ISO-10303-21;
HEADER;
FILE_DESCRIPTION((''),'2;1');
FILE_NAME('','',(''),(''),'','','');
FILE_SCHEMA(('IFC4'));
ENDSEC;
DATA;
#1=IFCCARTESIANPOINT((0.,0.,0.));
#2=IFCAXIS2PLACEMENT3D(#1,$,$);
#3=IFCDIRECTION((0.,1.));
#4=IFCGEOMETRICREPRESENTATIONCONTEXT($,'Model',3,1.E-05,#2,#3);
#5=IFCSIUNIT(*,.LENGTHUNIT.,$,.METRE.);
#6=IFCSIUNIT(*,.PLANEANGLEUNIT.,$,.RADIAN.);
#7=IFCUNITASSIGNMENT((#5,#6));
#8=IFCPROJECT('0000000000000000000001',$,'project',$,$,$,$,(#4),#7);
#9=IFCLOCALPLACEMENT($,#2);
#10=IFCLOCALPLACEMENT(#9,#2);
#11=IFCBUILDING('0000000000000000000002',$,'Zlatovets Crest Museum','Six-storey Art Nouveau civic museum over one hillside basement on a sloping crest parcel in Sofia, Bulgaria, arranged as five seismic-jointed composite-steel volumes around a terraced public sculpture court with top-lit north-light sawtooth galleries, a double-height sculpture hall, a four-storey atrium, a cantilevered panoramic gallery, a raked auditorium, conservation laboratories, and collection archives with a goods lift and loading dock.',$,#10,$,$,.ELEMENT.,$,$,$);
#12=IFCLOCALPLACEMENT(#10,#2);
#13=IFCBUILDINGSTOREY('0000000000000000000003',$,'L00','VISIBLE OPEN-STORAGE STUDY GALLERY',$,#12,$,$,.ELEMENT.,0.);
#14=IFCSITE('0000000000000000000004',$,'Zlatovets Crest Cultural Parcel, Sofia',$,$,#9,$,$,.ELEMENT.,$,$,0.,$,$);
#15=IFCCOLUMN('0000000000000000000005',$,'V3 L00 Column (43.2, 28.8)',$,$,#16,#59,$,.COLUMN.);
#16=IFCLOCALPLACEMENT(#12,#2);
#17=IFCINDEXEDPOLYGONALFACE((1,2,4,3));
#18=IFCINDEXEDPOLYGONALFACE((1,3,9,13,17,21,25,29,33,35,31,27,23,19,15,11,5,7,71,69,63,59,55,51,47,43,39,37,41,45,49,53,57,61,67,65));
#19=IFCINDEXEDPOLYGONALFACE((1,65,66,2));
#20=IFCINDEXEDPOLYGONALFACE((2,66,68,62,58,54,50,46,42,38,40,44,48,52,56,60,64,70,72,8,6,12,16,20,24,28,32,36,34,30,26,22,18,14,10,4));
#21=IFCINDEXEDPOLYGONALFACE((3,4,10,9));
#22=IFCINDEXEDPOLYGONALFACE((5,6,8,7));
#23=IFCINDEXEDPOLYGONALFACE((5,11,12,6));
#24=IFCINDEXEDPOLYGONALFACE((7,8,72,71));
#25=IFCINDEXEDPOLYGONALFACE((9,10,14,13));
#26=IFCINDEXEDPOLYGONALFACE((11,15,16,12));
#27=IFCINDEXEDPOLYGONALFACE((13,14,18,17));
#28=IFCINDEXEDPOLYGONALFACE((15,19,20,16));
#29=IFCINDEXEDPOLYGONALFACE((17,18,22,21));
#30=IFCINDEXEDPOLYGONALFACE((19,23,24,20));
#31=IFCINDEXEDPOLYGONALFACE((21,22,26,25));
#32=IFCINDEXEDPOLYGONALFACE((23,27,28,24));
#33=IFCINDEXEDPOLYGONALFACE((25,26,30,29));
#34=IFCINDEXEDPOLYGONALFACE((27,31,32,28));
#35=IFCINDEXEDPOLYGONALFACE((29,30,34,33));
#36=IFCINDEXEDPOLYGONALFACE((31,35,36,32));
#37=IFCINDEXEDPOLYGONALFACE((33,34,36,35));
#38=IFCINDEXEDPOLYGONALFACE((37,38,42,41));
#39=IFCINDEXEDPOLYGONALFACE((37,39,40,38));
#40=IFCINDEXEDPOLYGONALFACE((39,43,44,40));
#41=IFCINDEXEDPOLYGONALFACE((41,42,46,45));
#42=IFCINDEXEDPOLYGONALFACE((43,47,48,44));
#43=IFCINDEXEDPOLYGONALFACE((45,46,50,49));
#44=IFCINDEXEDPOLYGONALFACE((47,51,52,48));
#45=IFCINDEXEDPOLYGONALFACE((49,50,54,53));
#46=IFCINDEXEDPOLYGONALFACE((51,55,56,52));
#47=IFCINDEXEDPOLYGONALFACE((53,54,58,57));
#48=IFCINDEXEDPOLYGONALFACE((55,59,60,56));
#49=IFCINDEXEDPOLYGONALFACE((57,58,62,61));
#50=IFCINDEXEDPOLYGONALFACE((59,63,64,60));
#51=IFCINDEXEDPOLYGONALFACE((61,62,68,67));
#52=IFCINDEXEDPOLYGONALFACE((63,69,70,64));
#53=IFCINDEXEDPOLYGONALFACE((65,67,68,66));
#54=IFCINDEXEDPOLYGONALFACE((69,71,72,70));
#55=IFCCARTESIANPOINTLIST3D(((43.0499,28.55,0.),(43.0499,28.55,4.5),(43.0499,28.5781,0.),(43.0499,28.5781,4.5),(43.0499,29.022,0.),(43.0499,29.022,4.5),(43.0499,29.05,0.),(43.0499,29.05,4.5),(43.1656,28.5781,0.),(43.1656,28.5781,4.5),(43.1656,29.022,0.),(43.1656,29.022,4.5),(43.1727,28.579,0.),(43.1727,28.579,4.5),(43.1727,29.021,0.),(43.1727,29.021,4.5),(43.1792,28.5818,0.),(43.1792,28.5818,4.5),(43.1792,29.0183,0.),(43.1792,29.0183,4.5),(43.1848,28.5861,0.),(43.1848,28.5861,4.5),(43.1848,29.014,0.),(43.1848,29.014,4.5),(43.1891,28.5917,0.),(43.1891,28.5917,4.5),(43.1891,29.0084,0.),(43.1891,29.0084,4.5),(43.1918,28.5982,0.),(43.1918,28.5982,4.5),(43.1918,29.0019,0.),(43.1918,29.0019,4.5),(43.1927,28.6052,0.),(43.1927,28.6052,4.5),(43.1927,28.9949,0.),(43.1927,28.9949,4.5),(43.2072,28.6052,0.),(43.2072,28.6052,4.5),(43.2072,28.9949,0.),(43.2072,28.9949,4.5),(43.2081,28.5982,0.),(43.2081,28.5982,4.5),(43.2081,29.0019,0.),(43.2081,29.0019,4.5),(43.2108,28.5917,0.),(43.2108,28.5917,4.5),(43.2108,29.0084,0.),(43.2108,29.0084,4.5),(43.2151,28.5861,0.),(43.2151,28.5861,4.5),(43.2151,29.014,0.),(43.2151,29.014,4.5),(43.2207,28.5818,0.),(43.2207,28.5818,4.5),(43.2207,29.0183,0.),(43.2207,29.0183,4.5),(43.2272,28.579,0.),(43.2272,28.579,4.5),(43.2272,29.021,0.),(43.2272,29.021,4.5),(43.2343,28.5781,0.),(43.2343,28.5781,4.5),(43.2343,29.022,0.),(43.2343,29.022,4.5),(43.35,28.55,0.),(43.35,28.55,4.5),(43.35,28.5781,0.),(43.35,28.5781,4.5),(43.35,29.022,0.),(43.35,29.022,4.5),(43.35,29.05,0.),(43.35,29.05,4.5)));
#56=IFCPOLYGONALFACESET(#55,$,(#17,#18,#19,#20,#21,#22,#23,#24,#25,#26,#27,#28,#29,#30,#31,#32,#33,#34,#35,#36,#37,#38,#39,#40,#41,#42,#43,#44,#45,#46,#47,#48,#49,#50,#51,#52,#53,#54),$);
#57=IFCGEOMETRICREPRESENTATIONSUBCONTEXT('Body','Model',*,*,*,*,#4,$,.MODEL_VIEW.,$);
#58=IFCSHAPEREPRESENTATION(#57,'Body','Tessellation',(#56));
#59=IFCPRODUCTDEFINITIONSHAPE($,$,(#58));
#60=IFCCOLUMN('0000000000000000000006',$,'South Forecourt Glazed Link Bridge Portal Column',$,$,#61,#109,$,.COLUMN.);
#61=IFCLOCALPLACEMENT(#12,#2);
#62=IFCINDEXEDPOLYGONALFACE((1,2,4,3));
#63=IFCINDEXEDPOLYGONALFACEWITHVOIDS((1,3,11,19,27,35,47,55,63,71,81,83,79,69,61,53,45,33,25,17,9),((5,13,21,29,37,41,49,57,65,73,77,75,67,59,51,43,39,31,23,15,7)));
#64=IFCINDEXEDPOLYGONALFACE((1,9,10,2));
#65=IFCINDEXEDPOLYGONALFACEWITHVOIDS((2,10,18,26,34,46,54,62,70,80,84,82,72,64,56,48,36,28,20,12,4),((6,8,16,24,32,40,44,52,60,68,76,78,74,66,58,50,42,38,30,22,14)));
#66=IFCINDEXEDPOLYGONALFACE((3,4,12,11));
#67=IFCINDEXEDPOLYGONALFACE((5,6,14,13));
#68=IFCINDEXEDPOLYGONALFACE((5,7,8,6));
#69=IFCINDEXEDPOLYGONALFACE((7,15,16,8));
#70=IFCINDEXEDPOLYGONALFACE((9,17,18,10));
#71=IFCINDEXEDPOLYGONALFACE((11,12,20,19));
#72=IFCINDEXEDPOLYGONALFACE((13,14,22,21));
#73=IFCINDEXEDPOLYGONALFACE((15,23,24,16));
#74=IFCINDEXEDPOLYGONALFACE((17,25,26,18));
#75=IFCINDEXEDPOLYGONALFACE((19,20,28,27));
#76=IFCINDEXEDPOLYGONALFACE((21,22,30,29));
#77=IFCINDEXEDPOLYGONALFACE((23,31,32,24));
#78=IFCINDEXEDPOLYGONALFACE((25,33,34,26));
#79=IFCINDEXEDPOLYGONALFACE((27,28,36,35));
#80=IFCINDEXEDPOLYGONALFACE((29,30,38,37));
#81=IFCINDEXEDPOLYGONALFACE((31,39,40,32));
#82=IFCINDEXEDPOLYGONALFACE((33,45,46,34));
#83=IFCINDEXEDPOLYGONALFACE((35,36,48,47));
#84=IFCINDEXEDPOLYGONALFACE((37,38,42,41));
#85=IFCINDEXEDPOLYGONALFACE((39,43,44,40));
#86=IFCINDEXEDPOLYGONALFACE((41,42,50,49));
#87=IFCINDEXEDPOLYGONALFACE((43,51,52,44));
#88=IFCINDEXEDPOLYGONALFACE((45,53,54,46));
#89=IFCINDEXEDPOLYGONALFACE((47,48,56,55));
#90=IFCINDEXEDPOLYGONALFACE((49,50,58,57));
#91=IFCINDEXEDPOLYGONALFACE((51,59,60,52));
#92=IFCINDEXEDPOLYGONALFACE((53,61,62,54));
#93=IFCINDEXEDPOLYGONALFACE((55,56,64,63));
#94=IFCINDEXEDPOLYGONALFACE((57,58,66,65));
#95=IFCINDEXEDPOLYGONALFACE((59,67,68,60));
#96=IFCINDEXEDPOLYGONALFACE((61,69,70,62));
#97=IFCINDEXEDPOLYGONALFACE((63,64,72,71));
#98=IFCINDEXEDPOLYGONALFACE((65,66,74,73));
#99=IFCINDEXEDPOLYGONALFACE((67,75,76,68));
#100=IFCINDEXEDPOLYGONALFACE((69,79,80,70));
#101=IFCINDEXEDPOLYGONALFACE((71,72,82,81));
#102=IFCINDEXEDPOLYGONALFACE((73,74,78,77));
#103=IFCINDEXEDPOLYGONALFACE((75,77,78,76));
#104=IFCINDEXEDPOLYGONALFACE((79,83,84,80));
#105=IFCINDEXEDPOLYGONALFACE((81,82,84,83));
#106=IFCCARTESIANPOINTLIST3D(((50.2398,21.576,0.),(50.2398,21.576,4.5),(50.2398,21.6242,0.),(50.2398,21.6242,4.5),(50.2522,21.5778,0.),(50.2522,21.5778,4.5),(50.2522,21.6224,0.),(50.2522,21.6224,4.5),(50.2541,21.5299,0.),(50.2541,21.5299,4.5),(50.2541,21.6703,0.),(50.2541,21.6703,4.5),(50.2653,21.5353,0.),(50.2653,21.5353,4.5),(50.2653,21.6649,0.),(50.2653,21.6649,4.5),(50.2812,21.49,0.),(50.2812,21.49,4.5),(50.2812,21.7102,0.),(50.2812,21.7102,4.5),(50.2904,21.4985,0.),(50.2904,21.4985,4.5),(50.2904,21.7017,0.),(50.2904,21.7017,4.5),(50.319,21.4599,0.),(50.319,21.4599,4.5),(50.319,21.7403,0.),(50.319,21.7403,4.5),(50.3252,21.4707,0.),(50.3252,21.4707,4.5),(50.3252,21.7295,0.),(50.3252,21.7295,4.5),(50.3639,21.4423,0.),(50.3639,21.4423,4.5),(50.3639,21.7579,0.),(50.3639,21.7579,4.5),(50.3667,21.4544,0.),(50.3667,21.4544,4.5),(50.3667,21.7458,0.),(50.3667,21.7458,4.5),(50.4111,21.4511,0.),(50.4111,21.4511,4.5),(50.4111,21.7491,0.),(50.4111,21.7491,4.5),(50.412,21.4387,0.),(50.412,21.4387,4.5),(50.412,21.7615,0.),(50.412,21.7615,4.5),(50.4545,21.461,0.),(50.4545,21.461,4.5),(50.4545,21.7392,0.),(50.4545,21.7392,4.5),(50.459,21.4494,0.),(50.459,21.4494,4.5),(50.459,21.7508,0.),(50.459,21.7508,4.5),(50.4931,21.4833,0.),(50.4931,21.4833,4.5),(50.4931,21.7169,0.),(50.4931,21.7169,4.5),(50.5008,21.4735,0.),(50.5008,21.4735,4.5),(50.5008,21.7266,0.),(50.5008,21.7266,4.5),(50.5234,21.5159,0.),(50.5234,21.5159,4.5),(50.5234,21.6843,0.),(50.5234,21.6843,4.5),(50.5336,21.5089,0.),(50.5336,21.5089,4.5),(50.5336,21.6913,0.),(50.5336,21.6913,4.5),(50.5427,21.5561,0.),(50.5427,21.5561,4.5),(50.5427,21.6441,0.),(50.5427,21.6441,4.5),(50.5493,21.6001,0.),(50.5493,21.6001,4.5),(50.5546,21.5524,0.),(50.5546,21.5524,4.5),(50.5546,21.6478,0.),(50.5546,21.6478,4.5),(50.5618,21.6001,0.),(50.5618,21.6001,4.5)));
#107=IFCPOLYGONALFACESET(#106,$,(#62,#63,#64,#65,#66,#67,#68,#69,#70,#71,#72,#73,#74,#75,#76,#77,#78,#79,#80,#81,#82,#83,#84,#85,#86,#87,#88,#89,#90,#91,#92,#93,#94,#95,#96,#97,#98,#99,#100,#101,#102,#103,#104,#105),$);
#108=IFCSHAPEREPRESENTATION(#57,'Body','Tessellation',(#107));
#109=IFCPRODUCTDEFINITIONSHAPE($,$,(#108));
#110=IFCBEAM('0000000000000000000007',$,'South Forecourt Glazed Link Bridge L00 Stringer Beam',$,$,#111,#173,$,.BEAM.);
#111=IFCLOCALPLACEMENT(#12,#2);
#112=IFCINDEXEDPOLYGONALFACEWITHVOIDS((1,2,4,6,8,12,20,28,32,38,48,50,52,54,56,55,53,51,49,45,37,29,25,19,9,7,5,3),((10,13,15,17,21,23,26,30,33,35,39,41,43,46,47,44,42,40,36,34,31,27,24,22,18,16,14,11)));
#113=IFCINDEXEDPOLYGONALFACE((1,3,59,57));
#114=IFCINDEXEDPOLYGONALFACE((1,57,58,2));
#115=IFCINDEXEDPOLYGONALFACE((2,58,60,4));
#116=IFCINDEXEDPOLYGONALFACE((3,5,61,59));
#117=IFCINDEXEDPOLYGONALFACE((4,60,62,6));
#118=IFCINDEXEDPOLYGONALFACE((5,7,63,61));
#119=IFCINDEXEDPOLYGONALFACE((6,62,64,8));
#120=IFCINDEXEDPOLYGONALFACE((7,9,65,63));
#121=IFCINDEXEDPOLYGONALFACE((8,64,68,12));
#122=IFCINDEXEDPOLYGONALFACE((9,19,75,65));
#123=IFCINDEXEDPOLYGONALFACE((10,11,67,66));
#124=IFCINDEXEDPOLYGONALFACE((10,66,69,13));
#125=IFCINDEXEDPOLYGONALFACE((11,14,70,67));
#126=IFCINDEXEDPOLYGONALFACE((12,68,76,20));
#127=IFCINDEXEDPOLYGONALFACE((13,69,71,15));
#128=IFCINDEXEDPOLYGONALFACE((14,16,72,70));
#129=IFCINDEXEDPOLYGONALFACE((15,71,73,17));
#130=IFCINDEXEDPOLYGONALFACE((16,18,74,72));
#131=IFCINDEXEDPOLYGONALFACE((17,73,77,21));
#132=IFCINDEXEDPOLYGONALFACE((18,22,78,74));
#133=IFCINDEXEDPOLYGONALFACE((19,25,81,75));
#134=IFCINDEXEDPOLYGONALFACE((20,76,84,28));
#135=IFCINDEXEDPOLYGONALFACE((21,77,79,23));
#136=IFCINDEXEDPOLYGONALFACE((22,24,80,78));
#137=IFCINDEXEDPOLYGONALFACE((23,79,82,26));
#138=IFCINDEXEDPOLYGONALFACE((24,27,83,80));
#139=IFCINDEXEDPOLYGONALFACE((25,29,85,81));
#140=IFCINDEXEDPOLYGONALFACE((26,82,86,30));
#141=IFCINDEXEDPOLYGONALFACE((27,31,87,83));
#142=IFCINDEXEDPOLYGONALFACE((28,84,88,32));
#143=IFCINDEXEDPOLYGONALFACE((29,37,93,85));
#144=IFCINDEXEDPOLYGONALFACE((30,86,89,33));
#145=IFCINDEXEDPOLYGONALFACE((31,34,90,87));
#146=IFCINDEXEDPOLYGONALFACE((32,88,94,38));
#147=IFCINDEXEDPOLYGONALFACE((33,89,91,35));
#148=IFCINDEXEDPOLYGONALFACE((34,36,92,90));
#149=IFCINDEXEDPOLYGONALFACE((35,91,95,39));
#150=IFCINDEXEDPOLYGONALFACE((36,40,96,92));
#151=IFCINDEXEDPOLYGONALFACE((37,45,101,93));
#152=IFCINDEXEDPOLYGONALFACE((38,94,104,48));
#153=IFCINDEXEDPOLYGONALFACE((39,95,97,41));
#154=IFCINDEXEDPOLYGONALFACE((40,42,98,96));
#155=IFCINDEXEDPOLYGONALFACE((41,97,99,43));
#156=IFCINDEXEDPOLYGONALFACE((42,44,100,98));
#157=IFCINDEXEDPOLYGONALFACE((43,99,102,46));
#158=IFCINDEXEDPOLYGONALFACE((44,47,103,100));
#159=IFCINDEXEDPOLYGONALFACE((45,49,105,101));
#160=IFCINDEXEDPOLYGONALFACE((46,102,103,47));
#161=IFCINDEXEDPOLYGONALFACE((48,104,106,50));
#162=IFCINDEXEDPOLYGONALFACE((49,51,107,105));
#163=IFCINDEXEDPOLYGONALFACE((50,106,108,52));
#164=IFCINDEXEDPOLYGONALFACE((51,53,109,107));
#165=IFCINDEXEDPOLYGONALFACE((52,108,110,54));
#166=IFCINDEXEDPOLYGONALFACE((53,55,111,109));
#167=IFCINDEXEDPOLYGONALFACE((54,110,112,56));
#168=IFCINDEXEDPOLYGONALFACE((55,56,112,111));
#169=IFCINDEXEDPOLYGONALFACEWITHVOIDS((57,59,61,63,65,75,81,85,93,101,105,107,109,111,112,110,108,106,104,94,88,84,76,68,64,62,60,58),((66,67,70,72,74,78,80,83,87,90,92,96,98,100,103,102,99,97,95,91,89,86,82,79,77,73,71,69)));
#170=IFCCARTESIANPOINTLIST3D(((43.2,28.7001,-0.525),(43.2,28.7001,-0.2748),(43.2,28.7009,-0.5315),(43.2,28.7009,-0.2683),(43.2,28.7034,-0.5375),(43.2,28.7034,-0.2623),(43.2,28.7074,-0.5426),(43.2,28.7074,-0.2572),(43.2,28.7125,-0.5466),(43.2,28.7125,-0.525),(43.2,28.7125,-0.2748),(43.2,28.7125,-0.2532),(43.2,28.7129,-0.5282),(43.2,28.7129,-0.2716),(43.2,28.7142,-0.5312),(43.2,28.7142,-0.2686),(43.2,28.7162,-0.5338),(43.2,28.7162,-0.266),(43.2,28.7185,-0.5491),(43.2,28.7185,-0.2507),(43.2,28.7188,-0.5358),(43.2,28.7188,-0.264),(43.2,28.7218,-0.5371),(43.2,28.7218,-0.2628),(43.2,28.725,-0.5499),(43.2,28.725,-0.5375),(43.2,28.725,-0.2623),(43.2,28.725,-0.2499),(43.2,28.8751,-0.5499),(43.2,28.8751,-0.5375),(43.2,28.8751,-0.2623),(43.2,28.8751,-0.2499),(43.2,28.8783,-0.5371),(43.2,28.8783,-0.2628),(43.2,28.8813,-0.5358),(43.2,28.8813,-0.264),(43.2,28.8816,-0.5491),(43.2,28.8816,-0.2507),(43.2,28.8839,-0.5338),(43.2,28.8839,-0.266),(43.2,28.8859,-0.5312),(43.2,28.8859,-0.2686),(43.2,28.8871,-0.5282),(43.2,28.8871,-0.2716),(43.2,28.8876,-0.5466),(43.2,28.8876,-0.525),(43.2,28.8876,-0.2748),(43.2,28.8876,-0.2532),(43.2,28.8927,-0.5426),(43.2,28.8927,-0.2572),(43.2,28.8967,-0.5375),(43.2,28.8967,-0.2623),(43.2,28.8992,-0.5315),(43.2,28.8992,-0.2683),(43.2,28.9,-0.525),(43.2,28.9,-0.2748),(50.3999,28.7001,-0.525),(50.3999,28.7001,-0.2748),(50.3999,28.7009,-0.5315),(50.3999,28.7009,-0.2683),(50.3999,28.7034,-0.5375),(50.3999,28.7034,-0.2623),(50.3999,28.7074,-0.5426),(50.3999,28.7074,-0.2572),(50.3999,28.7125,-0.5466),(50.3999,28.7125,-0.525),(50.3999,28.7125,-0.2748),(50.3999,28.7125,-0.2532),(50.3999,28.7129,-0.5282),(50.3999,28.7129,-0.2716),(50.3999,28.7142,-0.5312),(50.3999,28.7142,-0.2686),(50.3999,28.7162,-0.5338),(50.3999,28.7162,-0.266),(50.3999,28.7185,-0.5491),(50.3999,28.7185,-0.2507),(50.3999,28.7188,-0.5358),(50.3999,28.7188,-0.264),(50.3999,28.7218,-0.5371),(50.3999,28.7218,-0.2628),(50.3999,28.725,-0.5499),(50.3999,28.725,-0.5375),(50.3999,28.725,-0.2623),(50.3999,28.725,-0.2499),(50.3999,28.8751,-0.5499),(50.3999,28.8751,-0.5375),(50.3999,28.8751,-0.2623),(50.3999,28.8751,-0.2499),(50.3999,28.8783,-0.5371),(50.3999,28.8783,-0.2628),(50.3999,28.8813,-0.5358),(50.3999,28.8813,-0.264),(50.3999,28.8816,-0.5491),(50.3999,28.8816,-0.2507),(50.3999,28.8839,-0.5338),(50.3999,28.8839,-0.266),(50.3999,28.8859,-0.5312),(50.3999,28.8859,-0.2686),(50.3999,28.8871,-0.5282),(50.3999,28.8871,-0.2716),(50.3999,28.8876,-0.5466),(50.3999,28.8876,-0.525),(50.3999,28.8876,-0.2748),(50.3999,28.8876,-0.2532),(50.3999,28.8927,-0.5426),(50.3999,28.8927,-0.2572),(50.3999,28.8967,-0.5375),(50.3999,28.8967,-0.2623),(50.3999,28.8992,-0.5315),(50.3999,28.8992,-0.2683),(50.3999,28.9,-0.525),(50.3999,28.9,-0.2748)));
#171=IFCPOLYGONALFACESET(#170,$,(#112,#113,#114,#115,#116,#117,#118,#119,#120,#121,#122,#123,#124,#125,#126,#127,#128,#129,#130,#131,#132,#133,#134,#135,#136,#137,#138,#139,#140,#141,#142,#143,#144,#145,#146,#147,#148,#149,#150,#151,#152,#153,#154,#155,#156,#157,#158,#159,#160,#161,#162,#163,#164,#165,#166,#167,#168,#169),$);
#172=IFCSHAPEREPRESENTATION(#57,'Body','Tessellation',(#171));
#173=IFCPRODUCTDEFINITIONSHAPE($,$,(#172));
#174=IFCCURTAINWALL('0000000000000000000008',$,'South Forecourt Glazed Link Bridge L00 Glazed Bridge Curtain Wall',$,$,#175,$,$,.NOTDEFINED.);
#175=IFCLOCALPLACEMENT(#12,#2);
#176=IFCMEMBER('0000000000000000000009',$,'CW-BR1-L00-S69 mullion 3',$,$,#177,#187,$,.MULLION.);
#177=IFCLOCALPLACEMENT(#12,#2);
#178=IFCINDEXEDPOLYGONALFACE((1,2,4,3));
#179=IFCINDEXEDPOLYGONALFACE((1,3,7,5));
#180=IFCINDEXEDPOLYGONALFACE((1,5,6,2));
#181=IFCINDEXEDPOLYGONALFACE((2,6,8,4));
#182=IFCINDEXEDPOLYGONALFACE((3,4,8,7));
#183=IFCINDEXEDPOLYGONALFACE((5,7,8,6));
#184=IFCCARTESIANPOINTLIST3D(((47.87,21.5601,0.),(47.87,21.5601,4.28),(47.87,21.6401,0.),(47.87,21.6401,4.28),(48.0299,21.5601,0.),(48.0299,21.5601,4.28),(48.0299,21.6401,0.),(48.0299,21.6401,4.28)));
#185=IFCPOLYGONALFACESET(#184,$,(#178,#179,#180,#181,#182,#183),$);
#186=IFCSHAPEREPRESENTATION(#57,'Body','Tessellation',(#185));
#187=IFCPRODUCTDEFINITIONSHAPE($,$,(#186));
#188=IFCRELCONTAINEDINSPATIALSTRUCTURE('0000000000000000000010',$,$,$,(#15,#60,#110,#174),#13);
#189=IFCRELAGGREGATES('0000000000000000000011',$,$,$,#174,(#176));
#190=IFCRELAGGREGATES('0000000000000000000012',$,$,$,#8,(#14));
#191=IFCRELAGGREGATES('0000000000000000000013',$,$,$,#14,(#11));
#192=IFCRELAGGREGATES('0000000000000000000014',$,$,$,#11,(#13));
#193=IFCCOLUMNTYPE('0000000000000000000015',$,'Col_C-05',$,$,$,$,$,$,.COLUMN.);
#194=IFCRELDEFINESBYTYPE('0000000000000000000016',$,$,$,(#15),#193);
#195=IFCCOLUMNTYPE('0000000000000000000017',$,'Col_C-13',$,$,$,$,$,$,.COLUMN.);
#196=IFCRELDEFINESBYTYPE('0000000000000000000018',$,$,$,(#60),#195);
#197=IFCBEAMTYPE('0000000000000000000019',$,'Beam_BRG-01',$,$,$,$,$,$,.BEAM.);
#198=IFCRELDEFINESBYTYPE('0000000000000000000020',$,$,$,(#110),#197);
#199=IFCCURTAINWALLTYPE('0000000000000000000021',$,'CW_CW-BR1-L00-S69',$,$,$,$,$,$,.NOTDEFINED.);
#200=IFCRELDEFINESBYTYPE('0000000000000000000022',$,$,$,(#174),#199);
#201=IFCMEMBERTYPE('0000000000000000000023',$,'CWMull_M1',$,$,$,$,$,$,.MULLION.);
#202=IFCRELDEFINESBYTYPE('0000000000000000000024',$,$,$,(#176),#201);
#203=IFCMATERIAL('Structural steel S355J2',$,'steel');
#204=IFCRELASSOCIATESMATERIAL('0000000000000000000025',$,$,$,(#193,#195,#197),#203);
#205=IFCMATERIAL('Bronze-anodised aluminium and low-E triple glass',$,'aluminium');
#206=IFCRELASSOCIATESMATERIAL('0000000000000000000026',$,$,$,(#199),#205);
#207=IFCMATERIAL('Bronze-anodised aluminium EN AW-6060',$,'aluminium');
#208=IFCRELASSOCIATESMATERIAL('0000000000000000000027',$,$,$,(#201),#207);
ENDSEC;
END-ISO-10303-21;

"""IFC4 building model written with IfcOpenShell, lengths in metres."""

from ifc_helpers import new_model, si_unit, direction, frame, origin, origin_2d, place, context, subcontext, project, spatial, rectangle, hollow_rectangle, hollow_circle, i_section, extrude, material, material_profile, profile_set, type_object, element, aggregate, save


model = new_model("IFC4")

# Units and contexts
model_context = context("Model", 3, precision=1e-05, world=origin(), true_north=direction((0.0, 1.0)))
body_context = subcontext(model_context, "Body", "Model", "MODEL_VIEW")
ifc_project = project(units=[si_unit("LENGTHUNIT", "METRE"), si_unit("PLANEANGLEUNIT", "RADIAN")], contexts=[model_context])

# Site, building, storey
site_placement = place(None, origin())
site = spatial("IfcSite", under=ifc_project, at=site_placement, Name="Zlatovets Crest Cultural Parcel, Sofia", CompositionType="ELEMENT", RefElevation=0.0)
building_placement = place(site_placement, origin())
building = spatial("IfcBuilding", under=site, at=building_placement, Name="Zlatovets Crest Museum", Description="Six-storey Art Nouveau civic museum over one hillside basement on a sloping crest parcel in Sofia, Bulgaria, arranged as five seismic-jointed composite-steel volumes around a terraced public sculpture court with top-lit north-light sawtooth galleries, a double-height sculpture hall, a four-storey atrium, a cantilevered panoramic gallery, a raked auditorium, conservation laboratories, and collection archives with a goods lift and loading dock.", CompositionType="ELEMENT")
storey_placement = place(building_placement, origin())
storey = spatial("IfcBuildingStorey", under=building, at=storey_placement, Name="L00", Description="VISIBLE OPEN-STORAGE STUDY GALLERY", CompositionType="ELEMENT", Elevation=0.0)

# Columns
ifc_material_1 = material(Name="Structural steel S355J2", Category="steel")
ifc_material_profile_1 = material_profile(ifc_material_1, i_section(OverallWidth=0.3, OverallDepth=0.5, WebThickness=0.0144, FlangeThickness=0.0281, FilletRadius=0.0271, at=origin_2d()), Name="HEB 500")
ifc_profile_set_1 = profile_set([ifc_material_profile_1], Name="Structural steel S355J2")
column_type_1 = type_object("IfcColumnType", Name="Col_C-05", PredefinedType="COLUMN", material=ifc_profile_set_1)
column_1_placement = place(storey_placement, frame((43.2, 28.8, 0.0), z_axis=(0.0, 0.0, 1.0), x_axis=(1.0, 0.0, 0.0)))
element("IfcColumn", 1, at=column_1_placement, inside=storey, type_object=column_type_1, Name="V3 L00 Column (43.2, 28.8)", PredefinedType="COLUMN", context=body_context, shape_type="SweptSolid", body=[
    extrude(i_section(OverallWidth=0.3, OverallDepth=0.5, WebThickness=0.0144, FlangeThickness=0.0281, FilletRadius=0.0271, at=origin_2d()), origin(), (0.0, 0.0, 1.0), 4.5),
])
ifc_material_profile_2 = material_profile(ifc_material_1, hollow_circle(Radius=0.1619, WallThickness=0.0125, at=origin_2d()), Name="CHS 323.9x12.5")
ifc_profile_set_2 = profile_set([ifc_material_profile_2], Name="Structural steel S355J2")
column_type_2 = type_object("IfcColumnType", Name="Col_C-13", PredefinedType="COLUMN", material=ifc_profile_set_2)
column_2_placement = place(storey_placement, frame((50.3999, 21.6001, 0.0), z_axis=(0.0, 0.0, 1.0), x_axis=(1.0, 0.0, 0.0)))
element("IfcColumn", 2, at=column_2_placement, inside=storey, type_object=column_type_2, Name="South Forecourt Glazed Link Bridge Portal Column", PredefinedType="COLUMN", context=body_context, shape_type="SweptSolid", body=[
    extrude(hollow_circle(Radius=0.1619, WallThickness=0.0125, at=origin_2d()), origin(), (0.0, 0.0, 1.0), 4.5),
])

# Beam
ifc_material_profile_3 = material_profile(ifc_material_1, hollow_rectangle(XDim=0.2, YDim=0.3, WallThickness=0.0125, InnerFilletRadius=0.0125, OuterFilletRadius=0.0249, at=origin_2d()), Name="RHS 200x300x12.5")
ifc_profile_set_3 = profile_set([ifc_material_profile_3], Name="Structural steel S355J2")
beam_type = type_object("IfcBeamType", Name="Beam_BRG-01", PredefinedType="BEAM", material=ifc_profile_set_3)
beam_placement = place(storey_placement, frame((43.2, 28.8, -0.3999), z_axis=(1.0, 0.0, 0.0), x_axis=(0.0, 1.0, 0.0)))
element("IfcBeam", 3, at=beam_placement, inside=storey, type_object=beam_type, Name="South Forecourt Glazed Link Bridge L00 Stringer Beam", PredefinedType="BEAM", context=body_context, shape_type="SweptSolid", body=[
    extrude(hollow_rectangle(XDim=0.2, YDim=0.3, WallThickness=0.0125, InnerFilletRadius=0.0125, OuterFilletRadius=0.0249, at=origin_2d()), origin(), (0.0, 0.0, 1.0), 7.2),
])

# Curtain wall, member
ifc_material_2 = material(Name="Bronze-anodised aluminium and low-E triple glass", Category="aluminium")
curtain_wall_type = type_object("IfcCurtainWallType", Name="CW_CW-BR1-L00-S69", PredefinedType="NOTDEFINED", material=ifc_material_2)
curtain_wall_1_placement = place(storey_placement, origin())
curtain_wall_1 = element("IfcCurtainWall", 4, at=curtain_wall_1_placement, inside=storey, type_object=curtain_wall_type, Name="South Forecourt Glazed Link Bridge L00 Glazed Bridge Curtain Wall", PredefinedType="NOTDEFINED")
ifc_material_3 = material(Name="Bronze-anodised aluminium EN AW-6060", Category="aluminium")
ifc_material_profile_4 = material_profile(ifc_material_3, rectangle(XDim=0.0801, YDim=0.1599, at=origin_2d()), Name="ALU 80x160")
ifc_profile_set_4 = profile_set([ifc_material_profile_4], Name="Bronze-anodised aluminium EN AW-6060")
member_type_1 = type_object("IfcMemberType", Name="CWMull_M1", PredefinedType="MULLION", material=ifc_profile_set_4)
member_1_placement = place(storey_placement, frame((47.95, 21.6001, 0.0), z_axis=(0.0, 0.0, 1.0), x_axis=(0.0, 1.0, 0.0)))
member_1 = element("IfcMember", 5, at=member_1_placement, type_object=member_type_1, Name="CW-BR1-L00-S69 mullion 3", PredefinedType="MULLION", context=body_context, shape_type="SweptSolid", body=[
    extrude(rectangle(XDim=0.0801, YDim=0.1599, at=origin_2d()), origin(), (0.0, 0.0, 1.0), 4.28),
])

aggregate(curtain_wall_1, [member_1])

save(model, "model.ifc")
